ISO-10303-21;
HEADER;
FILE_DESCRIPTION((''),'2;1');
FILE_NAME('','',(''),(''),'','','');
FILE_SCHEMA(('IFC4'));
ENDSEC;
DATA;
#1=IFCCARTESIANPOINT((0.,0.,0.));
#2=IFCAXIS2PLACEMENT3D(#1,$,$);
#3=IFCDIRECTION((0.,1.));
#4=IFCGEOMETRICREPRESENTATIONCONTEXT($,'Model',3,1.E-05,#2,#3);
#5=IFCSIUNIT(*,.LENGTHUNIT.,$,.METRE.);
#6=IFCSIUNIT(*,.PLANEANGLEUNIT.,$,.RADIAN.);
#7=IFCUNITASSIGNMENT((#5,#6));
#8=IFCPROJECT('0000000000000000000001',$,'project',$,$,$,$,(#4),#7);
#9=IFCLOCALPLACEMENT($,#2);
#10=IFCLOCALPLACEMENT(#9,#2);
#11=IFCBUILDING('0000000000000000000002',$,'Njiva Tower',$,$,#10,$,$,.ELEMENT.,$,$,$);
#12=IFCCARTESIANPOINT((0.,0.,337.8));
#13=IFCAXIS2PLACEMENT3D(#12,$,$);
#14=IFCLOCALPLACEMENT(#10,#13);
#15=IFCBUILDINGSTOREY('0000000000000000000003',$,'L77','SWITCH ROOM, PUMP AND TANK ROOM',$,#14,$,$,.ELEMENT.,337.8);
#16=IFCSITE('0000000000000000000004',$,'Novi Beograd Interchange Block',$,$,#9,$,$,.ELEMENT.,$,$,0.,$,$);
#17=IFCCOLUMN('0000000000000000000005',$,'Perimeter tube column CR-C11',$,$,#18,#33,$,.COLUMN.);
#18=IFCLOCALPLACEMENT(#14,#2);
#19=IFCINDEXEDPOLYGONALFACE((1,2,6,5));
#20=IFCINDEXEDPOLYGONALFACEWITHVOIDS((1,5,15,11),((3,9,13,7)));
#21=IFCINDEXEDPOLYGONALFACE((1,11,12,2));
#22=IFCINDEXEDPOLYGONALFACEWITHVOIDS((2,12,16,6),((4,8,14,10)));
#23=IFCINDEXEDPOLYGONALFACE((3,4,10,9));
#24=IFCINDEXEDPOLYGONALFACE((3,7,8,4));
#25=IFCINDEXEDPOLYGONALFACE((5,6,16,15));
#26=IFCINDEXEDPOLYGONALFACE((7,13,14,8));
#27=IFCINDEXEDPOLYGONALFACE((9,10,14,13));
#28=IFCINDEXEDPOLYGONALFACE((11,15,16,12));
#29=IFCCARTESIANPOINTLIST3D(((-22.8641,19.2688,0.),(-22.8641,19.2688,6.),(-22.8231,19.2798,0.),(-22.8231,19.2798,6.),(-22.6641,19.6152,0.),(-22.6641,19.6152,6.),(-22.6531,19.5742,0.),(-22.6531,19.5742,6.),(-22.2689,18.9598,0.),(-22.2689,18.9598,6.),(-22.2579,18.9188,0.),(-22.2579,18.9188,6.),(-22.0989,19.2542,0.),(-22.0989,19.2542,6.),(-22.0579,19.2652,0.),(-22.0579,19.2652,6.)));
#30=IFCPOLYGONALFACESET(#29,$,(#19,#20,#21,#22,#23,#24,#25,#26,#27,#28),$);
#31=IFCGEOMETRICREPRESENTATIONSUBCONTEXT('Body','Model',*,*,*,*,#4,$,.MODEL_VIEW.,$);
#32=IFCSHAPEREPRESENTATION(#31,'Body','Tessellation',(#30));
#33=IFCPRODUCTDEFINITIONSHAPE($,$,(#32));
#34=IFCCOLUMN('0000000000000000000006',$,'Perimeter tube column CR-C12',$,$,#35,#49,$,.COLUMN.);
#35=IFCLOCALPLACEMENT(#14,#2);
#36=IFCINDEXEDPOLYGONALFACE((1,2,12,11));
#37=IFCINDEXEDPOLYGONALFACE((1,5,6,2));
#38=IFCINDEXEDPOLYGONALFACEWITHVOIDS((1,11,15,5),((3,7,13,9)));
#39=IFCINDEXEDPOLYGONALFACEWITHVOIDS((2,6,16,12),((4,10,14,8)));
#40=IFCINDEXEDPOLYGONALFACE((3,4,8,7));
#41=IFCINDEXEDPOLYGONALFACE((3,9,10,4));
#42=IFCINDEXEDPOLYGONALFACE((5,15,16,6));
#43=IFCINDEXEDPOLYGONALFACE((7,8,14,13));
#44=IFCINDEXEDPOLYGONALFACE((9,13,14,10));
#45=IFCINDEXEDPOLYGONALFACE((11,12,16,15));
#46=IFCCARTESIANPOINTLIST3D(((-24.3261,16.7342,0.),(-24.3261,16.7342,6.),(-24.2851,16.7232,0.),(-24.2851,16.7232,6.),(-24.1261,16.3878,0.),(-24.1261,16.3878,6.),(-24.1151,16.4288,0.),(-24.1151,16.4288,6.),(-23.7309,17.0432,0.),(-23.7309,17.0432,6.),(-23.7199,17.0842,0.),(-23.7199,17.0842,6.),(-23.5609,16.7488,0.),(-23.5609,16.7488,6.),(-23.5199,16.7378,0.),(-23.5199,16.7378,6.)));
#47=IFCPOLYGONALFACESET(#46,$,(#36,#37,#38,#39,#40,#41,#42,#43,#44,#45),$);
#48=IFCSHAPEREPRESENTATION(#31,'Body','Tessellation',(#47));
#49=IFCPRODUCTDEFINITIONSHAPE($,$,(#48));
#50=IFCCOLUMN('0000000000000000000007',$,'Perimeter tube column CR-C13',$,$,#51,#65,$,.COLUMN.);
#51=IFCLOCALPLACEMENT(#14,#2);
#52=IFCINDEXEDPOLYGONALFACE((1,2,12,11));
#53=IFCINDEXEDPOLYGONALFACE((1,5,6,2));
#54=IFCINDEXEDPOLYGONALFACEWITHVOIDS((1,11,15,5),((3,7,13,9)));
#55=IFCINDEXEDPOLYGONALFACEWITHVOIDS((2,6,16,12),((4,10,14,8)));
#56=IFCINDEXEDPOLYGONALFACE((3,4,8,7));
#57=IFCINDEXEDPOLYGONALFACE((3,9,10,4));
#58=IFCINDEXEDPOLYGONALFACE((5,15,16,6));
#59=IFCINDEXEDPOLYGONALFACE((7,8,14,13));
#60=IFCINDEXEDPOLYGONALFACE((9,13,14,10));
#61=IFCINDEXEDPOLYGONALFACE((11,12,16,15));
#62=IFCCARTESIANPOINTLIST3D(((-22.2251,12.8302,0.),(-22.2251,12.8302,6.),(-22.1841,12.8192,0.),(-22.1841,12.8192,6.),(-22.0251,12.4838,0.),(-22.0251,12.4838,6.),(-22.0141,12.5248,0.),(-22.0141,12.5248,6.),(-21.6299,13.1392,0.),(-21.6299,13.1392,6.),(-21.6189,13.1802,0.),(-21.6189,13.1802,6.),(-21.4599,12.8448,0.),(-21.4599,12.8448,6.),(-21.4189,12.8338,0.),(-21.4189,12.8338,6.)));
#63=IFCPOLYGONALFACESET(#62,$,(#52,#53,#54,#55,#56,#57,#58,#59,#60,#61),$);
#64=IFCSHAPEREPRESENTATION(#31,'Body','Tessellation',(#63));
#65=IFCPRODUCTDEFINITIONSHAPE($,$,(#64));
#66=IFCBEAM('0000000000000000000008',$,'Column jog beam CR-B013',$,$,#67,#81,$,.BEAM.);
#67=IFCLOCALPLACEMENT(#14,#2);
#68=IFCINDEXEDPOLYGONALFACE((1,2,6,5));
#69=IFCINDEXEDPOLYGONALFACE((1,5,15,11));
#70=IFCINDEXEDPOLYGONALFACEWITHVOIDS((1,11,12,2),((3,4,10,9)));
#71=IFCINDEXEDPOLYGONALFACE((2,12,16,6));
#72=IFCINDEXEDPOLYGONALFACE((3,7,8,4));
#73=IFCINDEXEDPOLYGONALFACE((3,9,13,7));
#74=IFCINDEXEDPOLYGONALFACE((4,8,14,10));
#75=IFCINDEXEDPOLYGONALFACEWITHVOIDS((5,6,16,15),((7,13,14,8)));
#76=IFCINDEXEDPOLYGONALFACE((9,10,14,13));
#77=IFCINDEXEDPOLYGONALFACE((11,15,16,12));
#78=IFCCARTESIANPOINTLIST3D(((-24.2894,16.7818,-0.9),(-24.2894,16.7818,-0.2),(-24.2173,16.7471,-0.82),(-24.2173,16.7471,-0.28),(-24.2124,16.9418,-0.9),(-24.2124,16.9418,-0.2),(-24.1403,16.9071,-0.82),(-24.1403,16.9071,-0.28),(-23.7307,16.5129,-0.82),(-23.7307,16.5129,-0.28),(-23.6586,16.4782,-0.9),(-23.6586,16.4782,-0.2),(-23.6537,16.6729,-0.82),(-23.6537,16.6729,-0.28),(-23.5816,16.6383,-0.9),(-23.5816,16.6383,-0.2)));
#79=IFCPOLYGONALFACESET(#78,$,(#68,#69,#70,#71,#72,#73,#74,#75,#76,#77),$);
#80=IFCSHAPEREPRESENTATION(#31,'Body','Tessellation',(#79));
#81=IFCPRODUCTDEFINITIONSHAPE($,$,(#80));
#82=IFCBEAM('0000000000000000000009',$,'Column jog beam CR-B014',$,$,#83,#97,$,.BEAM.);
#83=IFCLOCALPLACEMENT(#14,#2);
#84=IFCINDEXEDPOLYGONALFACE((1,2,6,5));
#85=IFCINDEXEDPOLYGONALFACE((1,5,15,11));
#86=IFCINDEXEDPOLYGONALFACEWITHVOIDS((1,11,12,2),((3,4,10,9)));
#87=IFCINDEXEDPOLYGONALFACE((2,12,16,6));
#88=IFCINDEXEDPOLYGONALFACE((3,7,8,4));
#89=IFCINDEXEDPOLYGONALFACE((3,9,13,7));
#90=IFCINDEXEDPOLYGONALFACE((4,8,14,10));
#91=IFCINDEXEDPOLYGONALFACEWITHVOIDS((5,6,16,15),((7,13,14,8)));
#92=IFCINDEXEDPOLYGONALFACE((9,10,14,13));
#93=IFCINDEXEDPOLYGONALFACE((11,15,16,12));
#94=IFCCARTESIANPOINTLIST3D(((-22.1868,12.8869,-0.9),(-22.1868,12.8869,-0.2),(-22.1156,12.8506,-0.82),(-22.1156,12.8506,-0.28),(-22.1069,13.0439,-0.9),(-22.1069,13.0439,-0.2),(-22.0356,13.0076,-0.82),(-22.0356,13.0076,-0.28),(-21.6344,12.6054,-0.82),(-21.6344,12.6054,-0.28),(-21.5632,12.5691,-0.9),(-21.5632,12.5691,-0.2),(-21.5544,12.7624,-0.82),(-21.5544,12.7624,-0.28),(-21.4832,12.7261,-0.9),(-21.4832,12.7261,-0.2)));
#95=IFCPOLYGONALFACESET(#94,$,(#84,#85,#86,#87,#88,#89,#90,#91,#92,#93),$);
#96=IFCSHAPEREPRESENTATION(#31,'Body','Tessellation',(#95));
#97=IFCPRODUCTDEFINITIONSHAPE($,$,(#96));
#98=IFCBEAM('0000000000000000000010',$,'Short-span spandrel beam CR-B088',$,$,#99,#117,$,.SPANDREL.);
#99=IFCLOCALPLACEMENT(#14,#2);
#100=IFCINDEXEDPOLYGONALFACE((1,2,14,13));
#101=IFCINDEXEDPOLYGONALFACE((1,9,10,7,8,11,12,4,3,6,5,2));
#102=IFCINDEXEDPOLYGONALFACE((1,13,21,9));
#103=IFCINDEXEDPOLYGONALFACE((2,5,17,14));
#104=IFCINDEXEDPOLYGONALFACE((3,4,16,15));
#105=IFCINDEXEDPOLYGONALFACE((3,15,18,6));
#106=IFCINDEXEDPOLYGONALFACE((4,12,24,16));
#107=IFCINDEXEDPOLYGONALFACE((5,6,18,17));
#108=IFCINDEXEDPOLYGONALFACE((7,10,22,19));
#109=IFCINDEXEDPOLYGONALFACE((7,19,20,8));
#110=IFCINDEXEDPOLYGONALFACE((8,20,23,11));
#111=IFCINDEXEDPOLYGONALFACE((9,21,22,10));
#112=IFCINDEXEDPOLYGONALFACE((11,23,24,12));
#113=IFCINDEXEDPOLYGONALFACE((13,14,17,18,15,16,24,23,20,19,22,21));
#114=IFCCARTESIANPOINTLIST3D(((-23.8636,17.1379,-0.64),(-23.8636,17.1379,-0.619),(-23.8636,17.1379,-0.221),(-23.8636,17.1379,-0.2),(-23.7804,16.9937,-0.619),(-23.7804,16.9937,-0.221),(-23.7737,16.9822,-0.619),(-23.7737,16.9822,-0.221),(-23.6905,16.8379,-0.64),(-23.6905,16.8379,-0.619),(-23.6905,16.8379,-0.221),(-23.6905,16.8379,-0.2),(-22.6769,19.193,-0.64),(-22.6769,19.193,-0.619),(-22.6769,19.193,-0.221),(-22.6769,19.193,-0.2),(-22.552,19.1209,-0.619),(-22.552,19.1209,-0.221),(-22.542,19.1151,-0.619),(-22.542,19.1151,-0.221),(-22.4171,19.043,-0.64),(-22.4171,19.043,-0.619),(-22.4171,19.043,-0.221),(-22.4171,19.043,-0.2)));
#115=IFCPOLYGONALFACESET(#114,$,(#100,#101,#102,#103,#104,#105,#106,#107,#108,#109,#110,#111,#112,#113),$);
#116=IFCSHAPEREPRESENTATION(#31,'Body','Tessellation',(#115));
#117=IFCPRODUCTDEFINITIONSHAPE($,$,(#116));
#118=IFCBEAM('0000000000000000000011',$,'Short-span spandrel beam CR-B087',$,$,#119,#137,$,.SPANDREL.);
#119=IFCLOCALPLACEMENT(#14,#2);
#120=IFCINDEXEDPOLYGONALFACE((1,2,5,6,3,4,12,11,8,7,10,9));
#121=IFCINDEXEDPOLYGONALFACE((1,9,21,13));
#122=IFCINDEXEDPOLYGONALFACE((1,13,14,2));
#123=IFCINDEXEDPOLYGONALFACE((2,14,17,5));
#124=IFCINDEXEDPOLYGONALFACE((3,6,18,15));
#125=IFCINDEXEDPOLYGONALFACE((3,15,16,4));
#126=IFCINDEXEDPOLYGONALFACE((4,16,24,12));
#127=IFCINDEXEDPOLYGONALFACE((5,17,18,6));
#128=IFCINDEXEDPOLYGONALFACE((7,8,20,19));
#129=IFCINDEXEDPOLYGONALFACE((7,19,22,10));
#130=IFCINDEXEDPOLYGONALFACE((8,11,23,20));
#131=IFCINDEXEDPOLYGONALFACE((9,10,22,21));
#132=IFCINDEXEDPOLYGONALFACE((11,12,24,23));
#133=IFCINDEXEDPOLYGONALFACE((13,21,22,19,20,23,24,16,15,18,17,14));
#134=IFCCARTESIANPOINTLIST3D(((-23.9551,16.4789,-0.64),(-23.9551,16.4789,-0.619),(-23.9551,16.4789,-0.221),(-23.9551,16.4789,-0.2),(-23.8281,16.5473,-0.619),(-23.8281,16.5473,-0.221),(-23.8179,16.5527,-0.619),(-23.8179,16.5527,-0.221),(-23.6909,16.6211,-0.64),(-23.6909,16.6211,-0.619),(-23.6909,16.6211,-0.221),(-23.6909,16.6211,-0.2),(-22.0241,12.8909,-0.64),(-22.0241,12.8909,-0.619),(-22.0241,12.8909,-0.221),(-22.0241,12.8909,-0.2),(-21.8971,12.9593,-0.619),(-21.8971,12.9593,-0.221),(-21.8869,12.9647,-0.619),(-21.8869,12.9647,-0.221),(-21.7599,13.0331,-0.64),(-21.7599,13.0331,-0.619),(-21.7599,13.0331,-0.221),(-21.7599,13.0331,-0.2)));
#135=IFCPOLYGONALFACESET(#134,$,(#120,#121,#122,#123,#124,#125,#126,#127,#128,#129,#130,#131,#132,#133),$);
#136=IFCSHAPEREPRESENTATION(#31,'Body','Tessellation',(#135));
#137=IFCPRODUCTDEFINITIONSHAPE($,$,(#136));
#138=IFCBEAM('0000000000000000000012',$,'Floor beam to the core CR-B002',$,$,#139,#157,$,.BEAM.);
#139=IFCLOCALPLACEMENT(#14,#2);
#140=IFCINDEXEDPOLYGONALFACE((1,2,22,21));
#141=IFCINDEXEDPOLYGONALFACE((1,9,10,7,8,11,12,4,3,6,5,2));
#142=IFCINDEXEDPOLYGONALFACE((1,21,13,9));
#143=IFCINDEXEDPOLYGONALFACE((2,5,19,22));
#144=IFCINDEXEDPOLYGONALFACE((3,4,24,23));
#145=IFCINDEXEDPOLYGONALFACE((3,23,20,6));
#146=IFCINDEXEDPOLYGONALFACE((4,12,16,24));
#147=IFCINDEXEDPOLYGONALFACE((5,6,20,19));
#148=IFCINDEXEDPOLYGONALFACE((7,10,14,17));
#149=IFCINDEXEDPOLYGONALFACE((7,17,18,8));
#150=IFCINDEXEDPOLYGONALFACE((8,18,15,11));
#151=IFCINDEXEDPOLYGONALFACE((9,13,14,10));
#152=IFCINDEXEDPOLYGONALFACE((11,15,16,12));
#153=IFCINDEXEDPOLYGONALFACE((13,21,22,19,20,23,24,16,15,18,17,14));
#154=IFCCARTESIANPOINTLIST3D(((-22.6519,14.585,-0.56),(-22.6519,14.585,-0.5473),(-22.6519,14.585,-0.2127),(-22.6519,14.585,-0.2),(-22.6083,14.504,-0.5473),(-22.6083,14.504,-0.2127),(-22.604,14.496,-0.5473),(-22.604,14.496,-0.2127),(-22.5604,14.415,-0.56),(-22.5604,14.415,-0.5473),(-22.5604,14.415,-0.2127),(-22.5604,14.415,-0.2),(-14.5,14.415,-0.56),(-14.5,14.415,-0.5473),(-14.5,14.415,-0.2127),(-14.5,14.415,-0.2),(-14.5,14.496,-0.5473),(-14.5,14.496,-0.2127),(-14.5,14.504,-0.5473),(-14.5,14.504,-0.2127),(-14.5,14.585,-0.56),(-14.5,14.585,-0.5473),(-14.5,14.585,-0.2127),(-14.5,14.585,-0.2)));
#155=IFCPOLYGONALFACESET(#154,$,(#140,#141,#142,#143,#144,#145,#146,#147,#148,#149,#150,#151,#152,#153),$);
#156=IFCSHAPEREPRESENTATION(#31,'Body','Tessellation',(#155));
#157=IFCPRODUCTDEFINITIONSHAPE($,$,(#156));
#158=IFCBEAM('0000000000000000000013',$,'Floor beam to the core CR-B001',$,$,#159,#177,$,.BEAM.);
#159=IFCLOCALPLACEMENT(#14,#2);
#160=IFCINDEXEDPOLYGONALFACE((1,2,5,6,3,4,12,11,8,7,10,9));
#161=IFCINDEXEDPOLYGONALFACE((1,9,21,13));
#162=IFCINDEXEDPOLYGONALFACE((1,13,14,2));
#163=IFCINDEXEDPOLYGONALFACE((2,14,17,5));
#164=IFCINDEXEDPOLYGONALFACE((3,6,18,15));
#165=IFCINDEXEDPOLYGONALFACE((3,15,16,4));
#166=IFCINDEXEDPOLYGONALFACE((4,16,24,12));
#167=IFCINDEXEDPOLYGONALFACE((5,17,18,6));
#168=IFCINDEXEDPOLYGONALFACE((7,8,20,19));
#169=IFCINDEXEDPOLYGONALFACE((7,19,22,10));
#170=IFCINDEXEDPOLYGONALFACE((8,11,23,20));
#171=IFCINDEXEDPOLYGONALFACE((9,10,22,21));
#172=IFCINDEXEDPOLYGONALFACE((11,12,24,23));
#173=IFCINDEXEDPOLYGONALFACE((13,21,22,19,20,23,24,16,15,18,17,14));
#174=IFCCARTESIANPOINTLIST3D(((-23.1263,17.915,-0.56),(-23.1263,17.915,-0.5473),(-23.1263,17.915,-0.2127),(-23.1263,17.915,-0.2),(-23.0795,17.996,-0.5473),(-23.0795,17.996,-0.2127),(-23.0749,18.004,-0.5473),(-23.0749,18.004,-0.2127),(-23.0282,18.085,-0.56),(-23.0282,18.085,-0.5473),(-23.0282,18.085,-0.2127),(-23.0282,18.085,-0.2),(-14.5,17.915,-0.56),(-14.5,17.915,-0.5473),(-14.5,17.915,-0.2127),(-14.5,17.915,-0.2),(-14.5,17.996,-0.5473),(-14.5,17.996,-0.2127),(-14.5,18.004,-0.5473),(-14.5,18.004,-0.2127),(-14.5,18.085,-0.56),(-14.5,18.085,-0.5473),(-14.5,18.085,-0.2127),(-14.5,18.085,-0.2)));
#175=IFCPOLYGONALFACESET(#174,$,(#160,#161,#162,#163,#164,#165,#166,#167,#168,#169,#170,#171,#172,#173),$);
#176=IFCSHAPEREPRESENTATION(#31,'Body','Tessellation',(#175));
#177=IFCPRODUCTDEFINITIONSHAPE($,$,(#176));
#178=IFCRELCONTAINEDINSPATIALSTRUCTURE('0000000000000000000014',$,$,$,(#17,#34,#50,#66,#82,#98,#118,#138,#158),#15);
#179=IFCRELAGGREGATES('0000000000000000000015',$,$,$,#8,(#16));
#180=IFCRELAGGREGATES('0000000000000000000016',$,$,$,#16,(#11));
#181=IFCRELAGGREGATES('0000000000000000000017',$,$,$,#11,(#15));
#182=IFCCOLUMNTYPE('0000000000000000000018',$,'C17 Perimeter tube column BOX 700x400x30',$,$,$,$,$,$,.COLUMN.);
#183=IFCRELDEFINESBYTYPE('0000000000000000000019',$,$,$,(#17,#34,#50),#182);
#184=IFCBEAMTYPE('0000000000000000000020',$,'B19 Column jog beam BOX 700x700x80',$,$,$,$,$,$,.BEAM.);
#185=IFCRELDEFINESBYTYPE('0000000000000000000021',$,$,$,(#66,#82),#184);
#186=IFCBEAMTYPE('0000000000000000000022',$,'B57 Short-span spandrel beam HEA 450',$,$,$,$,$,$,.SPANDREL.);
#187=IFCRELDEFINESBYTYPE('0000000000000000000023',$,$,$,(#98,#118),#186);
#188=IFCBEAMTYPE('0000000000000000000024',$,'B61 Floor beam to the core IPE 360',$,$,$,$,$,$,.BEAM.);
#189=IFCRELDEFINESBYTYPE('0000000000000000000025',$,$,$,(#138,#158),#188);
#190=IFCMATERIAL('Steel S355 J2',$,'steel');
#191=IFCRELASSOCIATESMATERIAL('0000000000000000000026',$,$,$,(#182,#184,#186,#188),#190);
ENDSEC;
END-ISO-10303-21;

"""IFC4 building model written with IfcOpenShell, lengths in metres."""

from ifc_helpers import new_model, si_unit, direction, frame, origin, origin_2d, place, context, subcontext, project, spatial, hollow_rectangle, i_section, extrude, clip, halfspace, material, material_profile, profile_set, type_object, element, save


model = new_model("IFC4")

# Units and contexts
model_context = context("Model", 3, precision=1e-05, world=origin(), true_north=direction((0.0, 1.0)))
body_context = subcontext(model_context, "Body", "Model", "MODEL_VIEW")
ifc_project = project(units=[si_unit("LENGTHUNIT", "METRE"), si_unit("PLANEANGLEUNIT", "RADIAN")], contexts=[model_context])

# Site, building, storey
site_placement = place(None, origin())
site = spatial("IfcSite", under=ifc_project, at=site_placement, Name="Novi Beograd Interchange Block", CompositionType="ELEMENT", RefElevation=0.0)
building_placement = place(site_placement, origin())
building = spatial("IfcBuilding", under=site, at=building_placement, Name="Njiva Tower", CompositionType="ELEMENT")
storey_placement = place(building_placement, frame((0.0, 0.0, 337.8)))
storey = spatial("IfcBuildingStorey", under=building, at=storey_placement, Name="L77", Description="SWITCH ROOM, PUMP AND TANK ROOM", CompositionType="ELEMENT", Elevation=337.8)

# Columns
ifc_material_1 = material(Name="Steel S355 J2", Category="steel")
ifc_material_profile_1 = material_profile(ifc_material_1, hollow_rectangle(XDim=0.4, YDim=0.7, WallThickness=0.03, at=origin_2d()), Name="BOX 700x400x30")
ifc_profile_set_1 = profile_set([ifc_material_profile_1], Name="Steel S355 J2")
column_type = type_object("IfcColumnType", Name="C17 Perimeter tube column BOX 700x400x30", PredefinedType="COLUMN", material=ifc_profile_set_1)
for number, where, z_axis, x_axis, name in (
    (1, (-22.461, 19.267, 0.0), (0.0, 0.0, 1.0), (-0.5, -0.866025, 0.0), "Perimeter tube column CR-C11"),
    (2, (-23.923, 16.736, 0.0), (0.0, 0.0, 1.0), (0.5, -0.866025, 0.0), "Perimeter tube column CR-C12"),
    (3, (-21.822, 12.832, 0.0), (0.0, 0.0, 1.0), (0.5, -0.866025, 0.0), "Perimeter tube column CR-C13"),
):
    element("IfcColumn", number, at=place(storey_placement, frame(where, z_axis=z_axis, x_axis=x_axis)), inside=storey, type_object=column_type, Name=name, PredefinedType="COLUMN", context=body_context, shape_type="SweptSolid", body=[
        extrude(hollow_rectangle(XDim=0.4, YDim=0.7, WallThickness=0.03, at=origin_2d()), origin(), (0.0, 0.0, 1.0), 6.0),
    ])

# Beams
ifc_material_profile_2 = material_profile(ifc_material_1, hollow_rectangle(XDim=0.7, YDim=0.7, WallThickness=0.08, at=origin_2d()), Name="BOX 700x700x80")
ifc_profile_set_2 = profile_set([ifc_material_profile_2], Name="Steel S355 J2")
beam_type_1 = type_object("IfcBeamType", Name="B19 Column jog beam BOX 700x700x80", PredefinedType="BEAM", material=ifc_profile_set_2)
beam_1_placement = place(storey_placement, frame((-23.974, 16.63, -0.55), z_axis=(0.433646, 0.901083, 0.0), x_axis=(-0.901083, 0.433646, 0.0)))
element("IfcBeam", 4, at=beam_1_placement, inside=storey, type_object=beam_type_1, Name="Column jog beam CR-B013", PredefinedType="BEAM", context=body_context, shape_type="SweptSolid", body=[
    extrude(hollow_rectangle(XDim=0.7, YDim=0.7, WallThickness=0.08, at=origin_2d()), origin(), (0.0, 0.0, 1.0), 0.1776),
])
beam_2_placement = place(storey_placement, frame((-21.875, 12.728, -0.55), z_axis=(0.454011, 0.890996, 0.0), x_axis=(-0.890996, 0.454011, 0.0)))
element("IfcBeam", 5, at=beam_2_placement, inside=storey, type_object=beam_type_1, Name="Column jog beam CR-B014", PredefinedType="BEAM", context=body_context, shape_type="SweptSolid", body=[
    extrude(hollow_rectangle(XDim=0.7, YDim=0.7, WallThickness=0.08, at=origin_2d()), origin(), (0.0, 0.0, 1.0), 0.1762),
])
ifc_material_profile_3 = material_profile(ifc_material_1, i_section(OverallWidth=0.3, OverallDepth=0.44, WebThickness=0.0115, FlangeThickness=0.021, at=origin_2d()), Name="HEA 450")
ifc_profile_set_3 = profile_set([ifc_material_profile_3], Name="Steel S355 J2")
beam_type_2 = type_object("IfcBeamType", Name="B57 Short-span spandrel beam HEA 450", PredefinedType="SPANDREL", material=ifc_profile_set_3)
beam_3_placement = place(storey_placement, frame((-22.547, 19.118, -0.42), z_axis=(-0.500074, -0.865982, 0.0), x_axis=(0.865982, -0.500074, 0.0)))
element("IfcBeam", 6, at=beam_3_placement, inside=storey, type_object=beam_type_2, Name="Short-span spandrel beam CR-B088", PredefinedType="SPANDREL", context=body_context, shape_type="Clipping", body=[
    clip(extrude(i_section(OverallWidth=0.3, OverallDepth=0.44, WebThickness=0.0115, FlangeThickness=0.021, at=origin_2d()), origin(), (0.0, 0.0, 1.0), 2.5666), halfspace(frame((-0.025, 0.0, 2.4453), z_axis=(-0.499928, 0.0, 0.866067), x_axis=(0.0, 1.0, 0.0)), False)),
])
beam_4_placement = place(storey_placement, frame((-23.823, 16.55, -0.42), z_axis=(0.47391, -0.880574, 0.0), x_axis=(0.880574, 0.47391, 0.0)))
element("IfcBeam", 7, at=beam_4_placement, inside=storey, type_object=beam_type_2, Name="Short-span spandrel beam CR-B087", PredefinedType="SPANDREL", context=body_context, shape_type="SweptSolid", body=[
    extrude(i_section(OverallWidth=0.3, OverallDepth=0.44, WebThickness=0.0115, FlangeThickness=0.021, at=origin_2d()), origin(), (0.0, 0.0, 1.0), 4.0746),
])
ifc_material_profile_4 = material_profile(ifc_material_1, i_section(OverallWidth=0.17, OverallDepth=0.36, WebThickness=0.008, FlangeThickness=0.0127, at=origin_2d()), Name="IPE 360")
ifc_profile_set_4 = profile_set([ifc_material_profile_4], Name="Steel S355 J2")
beam_type_3 = type_object("IfcBeamType", Name="B61 Floor beam to the core IPE 360", PredefinedType="BEAM", material=ifc_profile_set_4)
beam_5_placement = place(storey_placement, frame((-22.672, 14.5, -0.38), z_axis=(1.0, 0.0, 0.0), x_axis=(0.0, 1.0, 0.0)))
element("IfcBeam", 8, at=beam_5_placement, inside=storey, type_object=beam_type_3, Name="Floor beam to the core CR-B002", PredefinedType="BEAM", context=body_context, shape_type="Clipping", body=[
    clip(extrude(i_section(OverallWidth=0.17, OverallDepth=0.36, WebThickness=0.008, FlangeThickness=0.0127, at=origin_2d()), origin(), (0.0, 0.0, 1.0), 8.172), halfspace(frame((-0.0237, 0.0, 0.0786), z_axis=(-0.473769, 0.0, -0.880649), x_axis=(0.0, -1.0, 0.0)), False)),
])
beam_6_placement = place(storey_placement, frame((-23.146, 18.0, -0.38), z_axis=(1.0, 0.0, 0.0), x_axis=(0.0, 1.0, 0.0)))
element("IfcBeam", 9, at=beam_6_placement, inside=storey, type_object=beam_type_3, Name="Floor beam to the core CR-B001", PredefinedType="BEAM", context=body_context, shape_type="Clipping", body=[
    clip(extrude(i_section(OverallWidth=0.17, OverallDepth=0.36, WebThickness=0.008, FlangeThickness=0.0127, at=origin_2d()), origin(), (0.0, 0.0, 1.0), 8.646), halfspace(frame((0.025, 0.0, 0.0832), z_axis=(0.499998, 0.0, -0.866027), x_axis=(0.0, -1.0, 0.0)), False)),
])

save(model, "model.ifc")
